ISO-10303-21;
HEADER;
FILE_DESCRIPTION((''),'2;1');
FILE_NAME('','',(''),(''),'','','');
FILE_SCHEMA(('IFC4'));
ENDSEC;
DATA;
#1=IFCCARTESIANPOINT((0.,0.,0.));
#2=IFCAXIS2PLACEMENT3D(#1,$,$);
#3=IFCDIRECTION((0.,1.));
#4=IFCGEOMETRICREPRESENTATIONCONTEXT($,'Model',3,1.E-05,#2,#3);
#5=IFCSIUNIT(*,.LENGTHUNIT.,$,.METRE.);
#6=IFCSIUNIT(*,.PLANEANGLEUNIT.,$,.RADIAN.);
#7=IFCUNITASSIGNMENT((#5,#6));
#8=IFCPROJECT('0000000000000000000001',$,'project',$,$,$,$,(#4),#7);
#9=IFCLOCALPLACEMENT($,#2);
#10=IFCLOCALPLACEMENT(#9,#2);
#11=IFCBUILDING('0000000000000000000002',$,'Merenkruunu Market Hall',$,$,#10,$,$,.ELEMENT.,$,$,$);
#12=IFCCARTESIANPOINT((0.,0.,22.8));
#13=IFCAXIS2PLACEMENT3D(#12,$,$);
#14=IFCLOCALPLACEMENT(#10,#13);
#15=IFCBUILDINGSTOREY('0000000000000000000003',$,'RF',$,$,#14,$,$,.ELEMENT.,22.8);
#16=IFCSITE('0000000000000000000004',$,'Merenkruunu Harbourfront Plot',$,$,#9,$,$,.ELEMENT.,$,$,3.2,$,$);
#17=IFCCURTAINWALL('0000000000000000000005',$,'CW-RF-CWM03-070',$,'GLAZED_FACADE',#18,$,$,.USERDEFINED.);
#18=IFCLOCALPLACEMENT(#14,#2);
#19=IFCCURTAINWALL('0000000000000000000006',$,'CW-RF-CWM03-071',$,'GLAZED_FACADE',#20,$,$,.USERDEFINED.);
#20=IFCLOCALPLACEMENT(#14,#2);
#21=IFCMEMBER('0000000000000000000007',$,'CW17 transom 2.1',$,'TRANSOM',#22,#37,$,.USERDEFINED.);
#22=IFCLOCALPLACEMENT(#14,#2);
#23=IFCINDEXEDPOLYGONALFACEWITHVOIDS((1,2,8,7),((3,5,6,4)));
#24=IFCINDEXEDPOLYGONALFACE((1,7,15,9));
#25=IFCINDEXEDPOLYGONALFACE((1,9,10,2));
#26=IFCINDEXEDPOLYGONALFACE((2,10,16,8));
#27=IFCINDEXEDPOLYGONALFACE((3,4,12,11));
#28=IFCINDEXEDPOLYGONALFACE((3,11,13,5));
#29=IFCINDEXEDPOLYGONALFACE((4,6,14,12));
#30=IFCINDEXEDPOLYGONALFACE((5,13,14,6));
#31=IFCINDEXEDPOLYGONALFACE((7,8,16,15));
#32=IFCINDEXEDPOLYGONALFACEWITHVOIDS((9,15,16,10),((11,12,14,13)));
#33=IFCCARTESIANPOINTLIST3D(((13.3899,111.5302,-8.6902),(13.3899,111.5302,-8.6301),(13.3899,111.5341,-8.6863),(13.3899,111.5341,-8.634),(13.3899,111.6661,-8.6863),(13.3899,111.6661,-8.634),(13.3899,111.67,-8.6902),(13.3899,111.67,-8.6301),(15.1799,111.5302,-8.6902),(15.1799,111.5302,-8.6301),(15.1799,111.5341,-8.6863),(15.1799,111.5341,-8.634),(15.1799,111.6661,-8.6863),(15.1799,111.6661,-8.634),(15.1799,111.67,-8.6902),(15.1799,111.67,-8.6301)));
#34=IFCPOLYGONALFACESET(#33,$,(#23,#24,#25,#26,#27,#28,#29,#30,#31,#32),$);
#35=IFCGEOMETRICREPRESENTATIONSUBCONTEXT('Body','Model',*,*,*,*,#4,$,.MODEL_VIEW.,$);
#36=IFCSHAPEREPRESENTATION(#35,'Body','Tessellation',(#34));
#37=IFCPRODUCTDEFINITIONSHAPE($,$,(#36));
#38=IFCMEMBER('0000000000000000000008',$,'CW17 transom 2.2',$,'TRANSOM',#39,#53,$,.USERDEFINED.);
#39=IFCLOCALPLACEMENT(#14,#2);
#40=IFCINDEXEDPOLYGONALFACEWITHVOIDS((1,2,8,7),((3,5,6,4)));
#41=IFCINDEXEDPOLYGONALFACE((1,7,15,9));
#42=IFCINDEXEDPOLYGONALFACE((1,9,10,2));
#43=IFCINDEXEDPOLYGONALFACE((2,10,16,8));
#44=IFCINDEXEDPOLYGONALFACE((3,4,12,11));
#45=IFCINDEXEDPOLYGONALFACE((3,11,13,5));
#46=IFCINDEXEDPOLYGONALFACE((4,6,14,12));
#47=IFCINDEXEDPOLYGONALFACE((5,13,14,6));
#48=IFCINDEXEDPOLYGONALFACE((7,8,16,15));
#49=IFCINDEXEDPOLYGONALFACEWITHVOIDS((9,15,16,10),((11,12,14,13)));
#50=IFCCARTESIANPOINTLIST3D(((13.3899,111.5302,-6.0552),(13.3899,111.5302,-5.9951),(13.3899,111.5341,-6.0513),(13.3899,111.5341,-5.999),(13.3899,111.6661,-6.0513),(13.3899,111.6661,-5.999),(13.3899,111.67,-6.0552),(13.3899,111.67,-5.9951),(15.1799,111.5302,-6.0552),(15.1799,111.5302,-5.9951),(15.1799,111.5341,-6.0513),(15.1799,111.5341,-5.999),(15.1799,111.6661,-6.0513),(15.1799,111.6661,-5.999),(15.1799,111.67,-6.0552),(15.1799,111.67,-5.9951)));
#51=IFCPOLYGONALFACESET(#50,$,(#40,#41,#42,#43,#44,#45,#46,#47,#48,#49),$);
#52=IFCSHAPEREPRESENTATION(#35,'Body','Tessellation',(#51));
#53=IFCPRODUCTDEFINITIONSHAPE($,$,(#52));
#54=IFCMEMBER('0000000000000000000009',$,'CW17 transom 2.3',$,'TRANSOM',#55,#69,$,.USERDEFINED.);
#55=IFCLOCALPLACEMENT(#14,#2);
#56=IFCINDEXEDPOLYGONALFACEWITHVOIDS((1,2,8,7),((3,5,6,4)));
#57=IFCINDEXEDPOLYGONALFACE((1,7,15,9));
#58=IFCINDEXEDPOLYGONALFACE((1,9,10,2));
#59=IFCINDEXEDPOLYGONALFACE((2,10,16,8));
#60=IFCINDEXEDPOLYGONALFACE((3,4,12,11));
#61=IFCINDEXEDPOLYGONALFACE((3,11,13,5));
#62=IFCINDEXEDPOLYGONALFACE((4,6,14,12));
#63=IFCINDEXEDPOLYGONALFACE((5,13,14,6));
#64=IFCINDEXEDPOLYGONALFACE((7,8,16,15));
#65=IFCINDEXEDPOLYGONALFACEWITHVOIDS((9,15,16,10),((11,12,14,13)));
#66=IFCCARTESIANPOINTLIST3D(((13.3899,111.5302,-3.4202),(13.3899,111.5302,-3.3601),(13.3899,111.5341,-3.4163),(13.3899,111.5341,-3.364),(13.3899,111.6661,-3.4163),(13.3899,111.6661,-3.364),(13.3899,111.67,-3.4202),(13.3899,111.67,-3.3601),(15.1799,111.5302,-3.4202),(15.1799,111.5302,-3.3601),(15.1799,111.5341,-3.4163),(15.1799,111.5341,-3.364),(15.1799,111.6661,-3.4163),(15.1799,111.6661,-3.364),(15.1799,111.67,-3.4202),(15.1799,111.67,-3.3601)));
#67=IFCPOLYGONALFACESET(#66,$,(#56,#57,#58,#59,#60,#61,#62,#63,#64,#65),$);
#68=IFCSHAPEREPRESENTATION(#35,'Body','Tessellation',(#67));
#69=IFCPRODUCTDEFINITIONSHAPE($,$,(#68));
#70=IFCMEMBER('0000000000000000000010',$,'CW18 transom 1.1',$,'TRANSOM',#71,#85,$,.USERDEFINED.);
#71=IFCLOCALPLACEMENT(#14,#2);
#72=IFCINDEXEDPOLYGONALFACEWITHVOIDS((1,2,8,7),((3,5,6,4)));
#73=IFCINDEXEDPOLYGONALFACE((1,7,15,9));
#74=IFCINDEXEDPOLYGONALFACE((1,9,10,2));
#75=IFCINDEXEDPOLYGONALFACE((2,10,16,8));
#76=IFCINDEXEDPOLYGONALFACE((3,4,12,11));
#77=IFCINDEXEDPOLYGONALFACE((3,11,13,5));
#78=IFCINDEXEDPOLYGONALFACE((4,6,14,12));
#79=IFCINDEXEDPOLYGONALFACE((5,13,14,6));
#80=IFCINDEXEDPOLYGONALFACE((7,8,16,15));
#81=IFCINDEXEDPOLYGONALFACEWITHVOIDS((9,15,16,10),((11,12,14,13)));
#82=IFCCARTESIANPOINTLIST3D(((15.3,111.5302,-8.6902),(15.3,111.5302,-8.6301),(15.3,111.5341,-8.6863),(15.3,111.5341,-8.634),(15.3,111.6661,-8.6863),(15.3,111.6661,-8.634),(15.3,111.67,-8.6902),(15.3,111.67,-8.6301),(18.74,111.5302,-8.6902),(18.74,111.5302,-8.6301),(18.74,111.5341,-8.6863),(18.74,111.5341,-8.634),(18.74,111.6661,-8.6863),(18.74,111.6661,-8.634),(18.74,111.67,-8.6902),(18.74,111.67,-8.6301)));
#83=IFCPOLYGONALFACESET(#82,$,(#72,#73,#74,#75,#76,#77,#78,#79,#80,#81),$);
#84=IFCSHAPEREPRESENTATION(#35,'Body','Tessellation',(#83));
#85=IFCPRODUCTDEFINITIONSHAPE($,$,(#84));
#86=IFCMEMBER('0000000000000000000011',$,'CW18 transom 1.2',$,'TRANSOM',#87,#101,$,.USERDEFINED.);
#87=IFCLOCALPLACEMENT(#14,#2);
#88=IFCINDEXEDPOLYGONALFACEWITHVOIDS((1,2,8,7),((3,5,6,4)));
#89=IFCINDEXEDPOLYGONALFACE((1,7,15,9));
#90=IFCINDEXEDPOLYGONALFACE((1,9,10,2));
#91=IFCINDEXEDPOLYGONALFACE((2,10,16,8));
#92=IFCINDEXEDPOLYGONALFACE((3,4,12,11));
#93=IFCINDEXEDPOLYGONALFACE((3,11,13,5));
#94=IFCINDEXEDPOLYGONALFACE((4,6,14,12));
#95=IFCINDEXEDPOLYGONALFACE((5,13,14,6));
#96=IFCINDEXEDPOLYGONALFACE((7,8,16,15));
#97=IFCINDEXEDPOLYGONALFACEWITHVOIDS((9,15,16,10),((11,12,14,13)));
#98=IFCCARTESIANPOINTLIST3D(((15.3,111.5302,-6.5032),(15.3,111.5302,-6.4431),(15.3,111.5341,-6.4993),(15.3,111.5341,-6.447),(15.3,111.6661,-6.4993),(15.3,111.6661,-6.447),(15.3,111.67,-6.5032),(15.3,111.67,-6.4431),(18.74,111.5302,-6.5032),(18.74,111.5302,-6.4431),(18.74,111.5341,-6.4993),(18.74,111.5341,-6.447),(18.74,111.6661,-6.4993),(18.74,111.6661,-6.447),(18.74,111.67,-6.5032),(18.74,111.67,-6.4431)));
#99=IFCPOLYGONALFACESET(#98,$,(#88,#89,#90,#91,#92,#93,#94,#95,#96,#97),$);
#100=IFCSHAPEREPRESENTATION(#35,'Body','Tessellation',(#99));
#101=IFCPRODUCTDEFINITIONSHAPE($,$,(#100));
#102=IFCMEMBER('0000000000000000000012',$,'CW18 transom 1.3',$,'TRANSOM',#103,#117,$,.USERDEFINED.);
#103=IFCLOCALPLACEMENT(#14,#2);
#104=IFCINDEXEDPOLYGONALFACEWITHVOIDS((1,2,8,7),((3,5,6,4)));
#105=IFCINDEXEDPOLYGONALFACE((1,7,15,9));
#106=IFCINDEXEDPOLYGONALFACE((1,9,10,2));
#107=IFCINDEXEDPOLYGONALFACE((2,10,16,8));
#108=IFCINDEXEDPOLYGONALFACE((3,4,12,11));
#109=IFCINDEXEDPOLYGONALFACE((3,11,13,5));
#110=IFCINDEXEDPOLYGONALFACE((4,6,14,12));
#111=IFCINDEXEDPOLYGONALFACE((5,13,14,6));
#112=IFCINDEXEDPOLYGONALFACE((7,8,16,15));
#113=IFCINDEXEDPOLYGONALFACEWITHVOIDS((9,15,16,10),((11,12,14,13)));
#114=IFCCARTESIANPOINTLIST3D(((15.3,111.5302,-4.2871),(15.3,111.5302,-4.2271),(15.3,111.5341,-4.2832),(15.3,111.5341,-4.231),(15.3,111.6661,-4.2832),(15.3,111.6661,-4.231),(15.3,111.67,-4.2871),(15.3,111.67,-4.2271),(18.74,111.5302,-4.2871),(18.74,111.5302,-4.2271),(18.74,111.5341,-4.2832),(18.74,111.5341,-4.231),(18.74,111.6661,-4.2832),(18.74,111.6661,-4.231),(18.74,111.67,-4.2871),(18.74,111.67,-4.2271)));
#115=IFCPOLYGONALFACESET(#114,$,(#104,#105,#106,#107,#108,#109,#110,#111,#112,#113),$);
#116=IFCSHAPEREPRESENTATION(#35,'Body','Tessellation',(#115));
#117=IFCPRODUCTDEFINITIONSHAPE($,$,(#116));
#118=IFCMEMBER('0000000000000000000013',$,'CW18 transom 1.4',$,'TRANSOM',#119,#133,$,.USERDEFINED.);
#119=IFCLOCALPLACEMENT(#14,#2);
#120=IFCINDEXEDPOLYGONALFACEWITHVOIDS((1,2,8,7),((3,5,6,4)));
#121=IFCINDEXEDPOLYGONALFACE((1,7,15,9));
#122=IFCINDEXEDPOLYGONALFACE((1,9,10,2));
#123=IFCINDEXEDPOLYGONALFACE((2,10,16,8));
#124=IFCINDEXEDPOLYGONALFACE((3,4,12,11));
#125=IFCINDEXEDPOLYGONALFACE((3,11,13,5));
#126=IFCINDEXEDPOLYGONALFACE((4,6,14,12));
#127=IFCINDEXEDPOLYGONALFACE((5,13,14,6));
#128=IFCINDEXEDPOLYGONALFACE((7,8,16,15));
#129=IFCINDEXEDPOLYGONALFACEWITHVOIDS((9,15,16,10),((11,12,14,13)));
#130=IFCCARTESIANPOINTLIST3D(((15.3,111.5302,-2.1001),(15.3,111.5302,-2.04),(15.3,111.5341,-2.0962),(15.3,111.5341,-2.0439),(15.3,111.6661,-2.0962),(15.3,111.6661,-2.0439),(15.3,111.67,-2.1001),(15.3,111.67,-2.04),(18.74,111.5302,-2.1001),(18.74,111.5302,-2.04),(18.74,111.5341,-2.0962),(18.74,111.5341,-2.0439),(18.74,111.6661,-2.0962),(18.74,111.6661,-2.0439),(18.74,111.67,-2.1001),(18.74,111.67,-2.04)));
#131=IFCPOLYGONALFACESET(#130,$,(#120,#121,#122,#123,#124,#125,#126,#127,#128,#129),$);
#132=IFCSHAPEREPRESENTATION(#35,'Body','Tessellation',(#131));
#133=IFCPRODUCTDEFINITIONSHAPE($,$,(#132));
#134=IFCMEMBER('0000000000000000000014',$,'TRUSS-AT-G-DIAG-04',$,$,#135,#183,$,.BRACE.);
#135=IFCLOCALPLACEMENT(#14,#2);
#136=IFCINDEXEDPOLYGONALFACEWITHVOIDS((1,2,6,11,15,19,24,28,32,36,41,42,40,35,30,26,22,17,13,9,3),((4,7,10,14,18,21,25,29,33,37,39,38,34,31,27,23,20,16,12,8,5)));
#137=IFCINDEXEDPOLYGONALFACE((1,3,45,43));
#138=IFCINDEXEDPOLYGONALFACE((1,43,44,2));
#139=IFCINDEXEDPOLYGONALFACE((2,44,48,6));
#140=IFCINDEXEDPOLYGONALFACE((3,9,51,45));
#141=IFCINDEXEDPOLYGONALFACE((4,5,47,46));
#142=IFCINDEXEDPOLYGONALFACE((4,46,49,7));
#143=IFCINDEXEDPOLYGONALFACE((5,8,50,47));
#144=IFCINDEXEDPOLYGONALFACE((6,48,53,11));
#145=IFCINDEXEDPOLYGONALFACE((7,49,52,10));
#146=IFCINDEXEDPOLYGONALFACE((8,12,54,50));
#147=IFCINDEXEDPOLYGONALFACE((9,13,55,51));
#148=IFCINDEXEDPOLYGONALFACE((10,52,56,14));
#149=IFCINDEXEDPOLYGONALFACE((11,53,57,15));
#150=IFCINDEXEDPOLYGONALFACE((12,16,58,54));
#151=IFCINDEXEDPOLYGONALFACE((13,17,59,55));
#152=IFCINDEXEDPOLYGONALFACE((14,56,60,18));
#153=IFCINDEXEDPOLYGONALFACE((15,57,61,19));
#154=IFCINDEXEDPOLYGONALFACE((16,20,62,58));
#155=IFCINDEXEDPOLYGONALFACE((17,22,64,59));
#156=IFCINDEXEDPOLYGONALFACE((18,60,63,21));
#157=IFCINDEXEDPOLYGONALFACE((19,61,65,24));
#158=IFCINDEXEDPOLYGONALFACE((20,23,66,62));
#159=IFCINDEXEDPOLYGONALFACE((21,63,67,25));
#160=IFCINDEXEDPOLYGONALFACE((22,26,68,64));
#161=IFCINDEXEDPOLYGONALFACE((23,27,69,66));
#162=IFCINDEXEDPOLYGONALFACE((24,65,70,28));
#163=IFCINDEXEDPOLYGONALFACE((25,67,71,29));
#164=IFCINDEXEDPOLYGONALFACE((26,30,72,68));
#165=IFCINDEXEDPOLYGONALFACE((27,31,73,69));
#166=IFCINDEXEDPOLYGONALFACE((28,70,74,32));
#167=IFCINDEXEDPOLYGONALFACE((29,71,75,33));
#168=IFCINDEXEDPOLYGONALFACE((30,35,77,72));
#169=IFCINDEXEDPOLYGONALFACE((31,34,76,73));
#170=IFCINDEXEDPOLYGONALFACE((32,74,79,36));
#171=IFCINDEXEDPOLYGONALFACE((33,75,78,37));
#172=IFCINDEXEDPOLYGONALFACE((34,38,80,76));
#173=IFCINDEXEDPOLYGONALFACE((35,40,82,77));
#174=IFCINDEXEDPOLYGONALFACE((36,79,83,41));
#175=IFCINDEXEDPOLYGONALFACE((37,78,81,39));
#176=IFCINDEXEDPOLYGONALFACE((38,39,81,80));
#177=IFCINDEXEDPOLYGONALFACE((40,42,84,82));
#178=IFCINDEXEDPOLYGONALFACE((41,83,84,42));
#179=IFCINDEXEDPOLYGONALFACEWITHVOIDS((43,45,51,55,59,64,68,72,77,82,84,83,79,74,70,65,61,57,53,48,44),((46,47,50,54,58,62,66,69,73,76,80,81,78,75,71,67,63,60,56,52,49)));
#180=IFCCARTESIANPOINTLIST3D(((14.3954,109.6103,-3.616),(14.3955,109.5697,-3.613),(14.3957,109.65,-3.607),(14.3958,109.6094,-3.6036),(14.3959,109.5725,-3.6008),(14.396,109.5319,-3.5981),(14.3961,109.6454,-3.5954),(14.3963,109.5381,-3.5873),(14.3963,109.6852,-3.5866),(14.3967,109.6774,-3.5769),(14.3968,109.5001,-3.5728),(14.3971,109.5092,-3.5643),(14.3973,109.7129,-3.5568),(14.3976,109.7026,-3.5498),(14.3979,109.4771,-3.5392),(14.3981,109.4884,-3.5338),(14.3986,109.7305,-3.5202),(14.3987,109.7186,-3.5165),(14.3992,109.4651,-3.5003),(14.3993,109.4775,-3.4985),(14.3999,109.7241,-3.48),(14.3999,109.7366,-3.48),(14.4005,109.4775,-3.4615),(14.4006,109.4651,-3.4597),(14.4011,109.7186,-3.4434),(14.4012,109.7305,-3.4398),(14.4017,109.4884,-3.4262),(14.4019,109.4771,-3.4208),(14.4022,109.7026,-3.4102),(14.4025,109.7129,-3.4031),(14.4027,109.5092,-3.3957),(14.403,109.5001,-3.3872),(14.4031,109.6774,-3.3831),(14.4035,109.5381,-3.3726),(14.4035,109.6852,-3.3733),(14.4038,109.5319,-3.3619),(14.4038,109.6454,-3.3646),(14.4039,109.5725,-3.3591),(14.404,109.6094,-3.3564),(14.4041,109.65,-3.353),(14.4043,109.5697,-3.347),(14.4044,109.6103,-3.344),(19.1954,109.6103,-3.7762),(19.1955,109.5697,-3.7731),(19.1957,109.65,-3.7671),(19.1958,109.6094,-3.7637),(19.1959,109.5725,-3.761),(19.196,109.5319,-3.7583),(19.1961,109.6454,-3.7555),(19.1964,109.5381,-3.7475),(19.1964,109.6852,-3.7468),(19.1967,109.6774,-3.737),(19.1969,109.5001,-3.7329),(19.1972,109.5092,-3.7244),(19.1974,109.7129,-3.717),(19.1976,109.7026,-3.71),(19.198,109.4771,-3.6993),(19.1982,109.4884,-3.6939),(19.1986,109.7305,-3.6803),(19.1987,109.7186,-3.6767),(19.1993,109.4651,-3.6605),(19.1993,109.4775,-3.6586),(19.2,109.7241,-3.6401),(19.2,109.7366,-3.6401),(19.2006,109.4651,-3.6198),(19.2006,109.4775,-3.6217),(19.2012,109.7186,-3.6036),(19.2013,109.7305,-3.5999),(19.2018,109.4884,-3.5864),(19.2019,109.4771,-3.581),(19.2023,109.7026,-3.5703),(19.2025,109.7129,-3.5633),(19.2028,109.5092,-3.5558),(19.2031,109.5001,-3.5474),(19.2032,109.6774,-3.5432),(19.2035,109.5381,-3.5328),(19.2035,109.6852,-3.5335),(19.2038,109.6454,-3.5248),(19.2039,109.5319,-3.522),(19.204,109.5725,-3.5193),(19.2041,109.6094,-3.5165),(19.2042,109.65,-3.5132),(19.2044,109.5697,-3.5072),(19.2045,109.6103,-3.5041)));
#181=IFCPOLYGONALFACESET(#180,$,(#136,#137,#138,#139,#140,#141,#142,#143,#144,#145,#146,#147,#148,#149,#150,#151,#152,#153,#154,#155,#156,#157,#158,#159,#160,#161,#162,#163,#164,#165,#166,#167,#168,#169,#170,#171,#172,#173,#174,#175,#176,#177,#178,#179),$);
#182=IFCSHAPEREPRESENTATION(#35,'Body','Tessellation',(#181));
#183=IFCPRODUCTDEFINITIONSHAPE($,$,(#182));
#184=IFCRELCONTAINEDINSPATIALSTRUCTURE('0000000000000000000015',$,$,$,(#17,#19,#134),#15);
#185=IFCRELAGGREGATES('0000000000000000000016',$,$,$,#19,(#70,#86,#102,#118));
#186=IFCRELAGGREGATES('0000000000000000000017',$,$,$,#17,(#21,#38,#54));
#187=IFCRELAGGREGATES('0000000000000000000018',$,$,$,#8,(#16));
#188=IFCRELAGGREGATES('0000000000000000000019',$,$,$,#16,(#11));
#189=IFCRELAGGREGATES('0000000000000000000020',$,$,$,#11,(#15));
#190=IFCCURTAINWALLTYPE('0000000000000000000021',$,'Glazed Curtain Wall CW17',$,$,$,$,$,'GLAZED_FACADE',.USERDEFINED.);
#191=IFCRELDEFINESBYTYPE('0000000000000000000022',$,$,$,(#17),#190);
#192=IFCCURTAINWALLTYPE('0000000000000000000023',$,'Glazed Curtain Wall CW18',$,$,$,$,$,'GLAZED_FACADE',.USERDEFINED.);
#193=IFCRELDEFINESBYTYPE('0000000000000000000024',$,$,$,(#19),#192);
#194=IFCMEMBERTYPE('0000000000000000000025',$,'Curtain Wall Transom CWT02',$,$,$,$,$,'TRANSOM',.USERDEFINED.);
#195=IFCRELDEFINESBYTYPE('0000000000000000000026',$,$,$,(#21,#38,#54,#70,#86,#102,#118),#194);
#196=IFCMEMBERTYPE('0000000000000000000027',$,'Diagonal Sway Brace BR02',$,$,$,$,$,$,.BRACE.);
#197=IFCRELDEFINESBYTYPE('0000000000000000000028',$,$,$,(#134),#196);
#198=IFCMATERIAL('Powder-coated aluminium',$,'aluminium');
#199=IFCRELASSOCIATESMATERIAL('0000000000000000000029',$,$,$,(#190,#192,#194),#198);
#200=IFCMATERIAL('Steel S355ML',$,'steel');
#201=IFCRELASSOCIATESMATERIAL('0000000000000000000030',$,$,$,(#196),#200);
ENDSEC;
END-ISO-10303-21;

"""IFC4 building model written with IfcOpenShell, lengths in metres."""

from ifc_helpers import new_model, si_unit, direction, frame, origin, origin_2d, place, context, subcontext, project, spatial, hollow_rectangle, hollow_circle, extrude, material, material_profile, profile_set, type_object, element, aggregate, save


model = new_model("IFC4")

# Units and contexts
model_context = context("Model", 3, precision=1e-05, world=origin(), true_north=direction((0.0, 1.0)))
body_context = subcontext(model_context, "Body", "Model", "MODEL_VIEW")
ifc_project = project(units=[si_unit("LENGTHUNIT", "METRE"), si_unit("PLANEANGLEUNIT", "RADIAN")], contexts=[model_context])

# Site, building, storey
site_placement = place(None, origin())
site = spatial("IfcSite", under=ifc_project, at=site_placement, Name="Merenkruunu Harbourfront Plot", CompositionType="ELEMENT", RefElevation=3.2)
building_placement = place(site_placement, origin())
building = spatial("IfcBuilding", under=site, at=building_placement, Name="Merenkruunu Market Hall", CompositionType="ELEMENT")
storey_placement = place(building_placement, frame((0.0, 0.0, 22.8)))
storey = spatial("IfcBuildingStorey", under=building, at=storey_placement, Name="RF", CompositionType="ELEMENT", Elevation=22.8)

# Shared definitions
ifc_material_1 = material(Name="Steel S355ML", Category="steel")

# Curtain wall
ifc_material_2 = material(Name="Powder-coated aluminium", Category="aluminium")
curtain_wall_type_1 = type_object("IfcCurtainWallType", Name="Glazed Curtain Wall CW17", ElementType="GLAZED_FACADE", PredefinedType="USERDEFINED", material=ifc_material_2)
curtain_wall_1_placement = place(storey_placement, origin())
curtain_wall_1 = element("IfcCurtainWall", 1, at=curtain_wall_1_placement, inside=storey, type_object=curtain_wall_type_1, Name="CW-RF-CWM03-070", ObjectType="GLAZED_FACADE", PredefinedType="USERDEFINED")

# Curtain wall
curtain_wall_type_2 = type_object("IfcCurtainWallType", Name="Glazed Curtain Wall CW18", ElementType="GLAZED_FACADE", PredefinedType="USERDEFINED", material=ifc_material_2)
curtain_wall_2_placement = place(storey_placement, origin())
curtain_wall_2 = element("IfcCurtainWall", 2, at=curtain_wall_2_placement, inside=storey, type_object=curtain_wall_type_2, Name="CW-RF-CWM03-071", ObjectType="GLAZED_FACADE", PredefinedType="USERDEFINED")

# Members
ifc_material_profile_1 = material_profile(ifc_material_2, hollow_rectangle(XDim=0.0601, YDim=0.1399, WallThickness=0.0039, at=origin_2d()), Name="ALU 60x140x4")
ifc_profile_set_1 = profile_set([ifc_material_profile_1], Name="Powder-coated aluminium")
member_type_1 = type_object("IfcMemberType", Name="Curtain Wall Transom CWT02", ElementType="TRANSOM", PredefinedType="USERDEFINED", material=ifc_profile_set_1)
member_1_placement = place(storey_placement, frame((13.3899, 111.6001, -8.6602), z_axis=(1.0, 0.0, 0.0), x_axis=(0.0, 0.0, 1.0)))
member_1 = element("IfcMember", 3, at=member_1_placement, type_object=member_type_1, Name="CW17 transom 2.1", ObjectType="TRANSOM", PredefinedType="USERDEFINED", context=body_context, shape_type="SweptSolid", body=[
    extrude(hollow_rectangle(XDim=0.0601, YDim=0.1399, WallThickness=0.0039, at=origin_2d()), origin(), (0.0, 0.0, 1.0), 1.79),
])
member_2_placement = place(storey_placement, frame((13.3899, 111.6001, -6.0251), z_axis=(1.0, 0.0, 0.0), x_axis=(0.0, 0.0, 1.0)))
member_2 = element("IfcMember", 4, at=member_2_placement, type_object=member_type_1, Name="CW17 transom 2.2", ObjectType="TRANSOM", PredefinedType="USERDEFINED", context=body_context, shape_type="SweptSolid", body=[
    extrude(hollow_rectangle(XDim=0.0601, YDim=0.1399, WallThickness=0.0039, at=origin_2d()), origin(), (0.0, 0.0, 1.0), 1.79),
])
member_3_placement = place(storey_placement, frame((13.3899, 111.6001, -3.3901), z_axis=(1.0, 0.0, 0.0), x_axis=(0.0, 0.0, 1.0)))
member_3 = element("IfcMember", 5, at=member_3_placement, type_object=member_type_1, Name="CW17 transom 2.3", ObjectType="TRANSOM", PredefinedType="USERDEFINED", context=body_context, shape_type="SweptSolid", body=[
    extrude(hollow_rectangle(XDim=0.0601, YDim=0.1399, WallThickness=0.0039, at=origin_2d()), origin(), (0.0, 0.0, 1.0), 1.79),
])
member_4_placement = place(storey_placement, frame((15.3, 111.6001, -8.6602), z_axis=(1.0, 0.0, 0.0), x_axis=(0.0, 0.0, 1.0)))
member_4 = element("IfcMember", 6, at=member_4_placement, type_object=member_type_1, Name="CW18 transom 1.1", ObjectType="TRANSOM", PredefinedType="USERDEFINED", context=body_context, shape_type="SweptSolid", body=[
    extrude(hollow_rectangle(XDim=0.0601, YDim=0.1399, WallThickness=0.0039, at=origin_2d()), origin(), (0.0, 0.0, 1.0), 3.4399),
])
member_5_placement = place(storey_placement, frame((15.3, 111.6001, -6.4731), z_axis=(1.0, 0.0, 0.0), x_axis=(0.0, 0.0, 1.0)))
member_5 = element("IfcMember", 7, at=member_5_placement, type_object=member_type_1, Name="CW18 transom 1.2", ObjectType="TRANSOM", PredefinedType="USERDEFINED", context=body_context, shape_type="SweptSolid", body=[
    extrude(hollow_rectangle(XDim=0.0601, YDim=0.1399, WallThickness=0.0039, at=origin_2d()), origin(), (0.0, 0.0, 1.0), 3.4399),
])
member_6_placement = place(storey_placement, frame((15.3, 111.6001, -4.2571), z_axis=(1.0, 0.0, 0.0), x_axis=(0.0, 0.0, 1.0)))
member_6 = element("IfcMember", 8, at=member_6_placement, type_object=member_type_1, Name="CW18 transom 1.3", ObjectType="TRANSOM", PredefinedType="USERDEFINED", context=body_context, shape_type="SweptSolid", body=[
    extrude(hollow_rectangle(XDim=0.0601, YDim=0.1399, WallThickness=0.0039, at=origin_2d()), origin(), (0.0, 0.0, 1.0), 3.4399),
])
member_7_placement = place(storey_placement, frame((15.3, 111.6001, -2.0701), z_axis=(1.0, 0.0, 0.0), x_axis=(0.0, 0.0, 1.0)))
member_7 = element("IfcMember", 9, at=member_7_placement, type_object=member_type_1, Name="CW18 transom 1.4", ObjectType="TRANSOM", PredefinedType="USERDEFINED", context=body_context, shape_type="SweptSolid", body=[
    extrude(hollow_rectangle(XDim=0.0601, YDim=0.1399, WallThickness=0.0039, at=origin_2d()), origin(), (0.0, 0.0, 1.0), 3.4399),
])
aggregate(curtain_wall_2, [member_4, member_5, member_6, member_7])

# Member
ifc_material_profile_2 = material_profile(ifc_material_1, hollow_circle(Radius=0.1365, WallThickness=0.0125, at=origin_2d()), Name="CHS 273x12.5")
ifc_profile_set_2 = profile_set([ifc_material_profile_2], Name="Steel S355ML")
member_type_2 = type_object("IfcMemberType", Name="Diagonal Sway Brace BR02", PredefinedType="BRACE", material=ifc_profile_set_2)
member_8_placement = place(storey_placement, frame((14.3999, 109.6001, -3.48), z_axis=(0.999444, 0.0, -0.033347), x_axis=(0.0, 1.0, 0.0)))
element("IfcMember", 10, at=member_8_placement, inside=storey, type_object=member_type_2, Name="TRUSS-AT-G-DIAG-04", PredefinedType="BRACE", context=body_context, shape_type="SweptSolid", body=[
    extrude(hollow_circle(Radius=0.1365, WallThickness=0.0125, at=origin_2d()), origin(), (0.0, 0.0, 1.0), 4.8027),
])

aggregate(curtain_wall_1, [member_1, member_2, member_3])

save(model, "model.ifc")
